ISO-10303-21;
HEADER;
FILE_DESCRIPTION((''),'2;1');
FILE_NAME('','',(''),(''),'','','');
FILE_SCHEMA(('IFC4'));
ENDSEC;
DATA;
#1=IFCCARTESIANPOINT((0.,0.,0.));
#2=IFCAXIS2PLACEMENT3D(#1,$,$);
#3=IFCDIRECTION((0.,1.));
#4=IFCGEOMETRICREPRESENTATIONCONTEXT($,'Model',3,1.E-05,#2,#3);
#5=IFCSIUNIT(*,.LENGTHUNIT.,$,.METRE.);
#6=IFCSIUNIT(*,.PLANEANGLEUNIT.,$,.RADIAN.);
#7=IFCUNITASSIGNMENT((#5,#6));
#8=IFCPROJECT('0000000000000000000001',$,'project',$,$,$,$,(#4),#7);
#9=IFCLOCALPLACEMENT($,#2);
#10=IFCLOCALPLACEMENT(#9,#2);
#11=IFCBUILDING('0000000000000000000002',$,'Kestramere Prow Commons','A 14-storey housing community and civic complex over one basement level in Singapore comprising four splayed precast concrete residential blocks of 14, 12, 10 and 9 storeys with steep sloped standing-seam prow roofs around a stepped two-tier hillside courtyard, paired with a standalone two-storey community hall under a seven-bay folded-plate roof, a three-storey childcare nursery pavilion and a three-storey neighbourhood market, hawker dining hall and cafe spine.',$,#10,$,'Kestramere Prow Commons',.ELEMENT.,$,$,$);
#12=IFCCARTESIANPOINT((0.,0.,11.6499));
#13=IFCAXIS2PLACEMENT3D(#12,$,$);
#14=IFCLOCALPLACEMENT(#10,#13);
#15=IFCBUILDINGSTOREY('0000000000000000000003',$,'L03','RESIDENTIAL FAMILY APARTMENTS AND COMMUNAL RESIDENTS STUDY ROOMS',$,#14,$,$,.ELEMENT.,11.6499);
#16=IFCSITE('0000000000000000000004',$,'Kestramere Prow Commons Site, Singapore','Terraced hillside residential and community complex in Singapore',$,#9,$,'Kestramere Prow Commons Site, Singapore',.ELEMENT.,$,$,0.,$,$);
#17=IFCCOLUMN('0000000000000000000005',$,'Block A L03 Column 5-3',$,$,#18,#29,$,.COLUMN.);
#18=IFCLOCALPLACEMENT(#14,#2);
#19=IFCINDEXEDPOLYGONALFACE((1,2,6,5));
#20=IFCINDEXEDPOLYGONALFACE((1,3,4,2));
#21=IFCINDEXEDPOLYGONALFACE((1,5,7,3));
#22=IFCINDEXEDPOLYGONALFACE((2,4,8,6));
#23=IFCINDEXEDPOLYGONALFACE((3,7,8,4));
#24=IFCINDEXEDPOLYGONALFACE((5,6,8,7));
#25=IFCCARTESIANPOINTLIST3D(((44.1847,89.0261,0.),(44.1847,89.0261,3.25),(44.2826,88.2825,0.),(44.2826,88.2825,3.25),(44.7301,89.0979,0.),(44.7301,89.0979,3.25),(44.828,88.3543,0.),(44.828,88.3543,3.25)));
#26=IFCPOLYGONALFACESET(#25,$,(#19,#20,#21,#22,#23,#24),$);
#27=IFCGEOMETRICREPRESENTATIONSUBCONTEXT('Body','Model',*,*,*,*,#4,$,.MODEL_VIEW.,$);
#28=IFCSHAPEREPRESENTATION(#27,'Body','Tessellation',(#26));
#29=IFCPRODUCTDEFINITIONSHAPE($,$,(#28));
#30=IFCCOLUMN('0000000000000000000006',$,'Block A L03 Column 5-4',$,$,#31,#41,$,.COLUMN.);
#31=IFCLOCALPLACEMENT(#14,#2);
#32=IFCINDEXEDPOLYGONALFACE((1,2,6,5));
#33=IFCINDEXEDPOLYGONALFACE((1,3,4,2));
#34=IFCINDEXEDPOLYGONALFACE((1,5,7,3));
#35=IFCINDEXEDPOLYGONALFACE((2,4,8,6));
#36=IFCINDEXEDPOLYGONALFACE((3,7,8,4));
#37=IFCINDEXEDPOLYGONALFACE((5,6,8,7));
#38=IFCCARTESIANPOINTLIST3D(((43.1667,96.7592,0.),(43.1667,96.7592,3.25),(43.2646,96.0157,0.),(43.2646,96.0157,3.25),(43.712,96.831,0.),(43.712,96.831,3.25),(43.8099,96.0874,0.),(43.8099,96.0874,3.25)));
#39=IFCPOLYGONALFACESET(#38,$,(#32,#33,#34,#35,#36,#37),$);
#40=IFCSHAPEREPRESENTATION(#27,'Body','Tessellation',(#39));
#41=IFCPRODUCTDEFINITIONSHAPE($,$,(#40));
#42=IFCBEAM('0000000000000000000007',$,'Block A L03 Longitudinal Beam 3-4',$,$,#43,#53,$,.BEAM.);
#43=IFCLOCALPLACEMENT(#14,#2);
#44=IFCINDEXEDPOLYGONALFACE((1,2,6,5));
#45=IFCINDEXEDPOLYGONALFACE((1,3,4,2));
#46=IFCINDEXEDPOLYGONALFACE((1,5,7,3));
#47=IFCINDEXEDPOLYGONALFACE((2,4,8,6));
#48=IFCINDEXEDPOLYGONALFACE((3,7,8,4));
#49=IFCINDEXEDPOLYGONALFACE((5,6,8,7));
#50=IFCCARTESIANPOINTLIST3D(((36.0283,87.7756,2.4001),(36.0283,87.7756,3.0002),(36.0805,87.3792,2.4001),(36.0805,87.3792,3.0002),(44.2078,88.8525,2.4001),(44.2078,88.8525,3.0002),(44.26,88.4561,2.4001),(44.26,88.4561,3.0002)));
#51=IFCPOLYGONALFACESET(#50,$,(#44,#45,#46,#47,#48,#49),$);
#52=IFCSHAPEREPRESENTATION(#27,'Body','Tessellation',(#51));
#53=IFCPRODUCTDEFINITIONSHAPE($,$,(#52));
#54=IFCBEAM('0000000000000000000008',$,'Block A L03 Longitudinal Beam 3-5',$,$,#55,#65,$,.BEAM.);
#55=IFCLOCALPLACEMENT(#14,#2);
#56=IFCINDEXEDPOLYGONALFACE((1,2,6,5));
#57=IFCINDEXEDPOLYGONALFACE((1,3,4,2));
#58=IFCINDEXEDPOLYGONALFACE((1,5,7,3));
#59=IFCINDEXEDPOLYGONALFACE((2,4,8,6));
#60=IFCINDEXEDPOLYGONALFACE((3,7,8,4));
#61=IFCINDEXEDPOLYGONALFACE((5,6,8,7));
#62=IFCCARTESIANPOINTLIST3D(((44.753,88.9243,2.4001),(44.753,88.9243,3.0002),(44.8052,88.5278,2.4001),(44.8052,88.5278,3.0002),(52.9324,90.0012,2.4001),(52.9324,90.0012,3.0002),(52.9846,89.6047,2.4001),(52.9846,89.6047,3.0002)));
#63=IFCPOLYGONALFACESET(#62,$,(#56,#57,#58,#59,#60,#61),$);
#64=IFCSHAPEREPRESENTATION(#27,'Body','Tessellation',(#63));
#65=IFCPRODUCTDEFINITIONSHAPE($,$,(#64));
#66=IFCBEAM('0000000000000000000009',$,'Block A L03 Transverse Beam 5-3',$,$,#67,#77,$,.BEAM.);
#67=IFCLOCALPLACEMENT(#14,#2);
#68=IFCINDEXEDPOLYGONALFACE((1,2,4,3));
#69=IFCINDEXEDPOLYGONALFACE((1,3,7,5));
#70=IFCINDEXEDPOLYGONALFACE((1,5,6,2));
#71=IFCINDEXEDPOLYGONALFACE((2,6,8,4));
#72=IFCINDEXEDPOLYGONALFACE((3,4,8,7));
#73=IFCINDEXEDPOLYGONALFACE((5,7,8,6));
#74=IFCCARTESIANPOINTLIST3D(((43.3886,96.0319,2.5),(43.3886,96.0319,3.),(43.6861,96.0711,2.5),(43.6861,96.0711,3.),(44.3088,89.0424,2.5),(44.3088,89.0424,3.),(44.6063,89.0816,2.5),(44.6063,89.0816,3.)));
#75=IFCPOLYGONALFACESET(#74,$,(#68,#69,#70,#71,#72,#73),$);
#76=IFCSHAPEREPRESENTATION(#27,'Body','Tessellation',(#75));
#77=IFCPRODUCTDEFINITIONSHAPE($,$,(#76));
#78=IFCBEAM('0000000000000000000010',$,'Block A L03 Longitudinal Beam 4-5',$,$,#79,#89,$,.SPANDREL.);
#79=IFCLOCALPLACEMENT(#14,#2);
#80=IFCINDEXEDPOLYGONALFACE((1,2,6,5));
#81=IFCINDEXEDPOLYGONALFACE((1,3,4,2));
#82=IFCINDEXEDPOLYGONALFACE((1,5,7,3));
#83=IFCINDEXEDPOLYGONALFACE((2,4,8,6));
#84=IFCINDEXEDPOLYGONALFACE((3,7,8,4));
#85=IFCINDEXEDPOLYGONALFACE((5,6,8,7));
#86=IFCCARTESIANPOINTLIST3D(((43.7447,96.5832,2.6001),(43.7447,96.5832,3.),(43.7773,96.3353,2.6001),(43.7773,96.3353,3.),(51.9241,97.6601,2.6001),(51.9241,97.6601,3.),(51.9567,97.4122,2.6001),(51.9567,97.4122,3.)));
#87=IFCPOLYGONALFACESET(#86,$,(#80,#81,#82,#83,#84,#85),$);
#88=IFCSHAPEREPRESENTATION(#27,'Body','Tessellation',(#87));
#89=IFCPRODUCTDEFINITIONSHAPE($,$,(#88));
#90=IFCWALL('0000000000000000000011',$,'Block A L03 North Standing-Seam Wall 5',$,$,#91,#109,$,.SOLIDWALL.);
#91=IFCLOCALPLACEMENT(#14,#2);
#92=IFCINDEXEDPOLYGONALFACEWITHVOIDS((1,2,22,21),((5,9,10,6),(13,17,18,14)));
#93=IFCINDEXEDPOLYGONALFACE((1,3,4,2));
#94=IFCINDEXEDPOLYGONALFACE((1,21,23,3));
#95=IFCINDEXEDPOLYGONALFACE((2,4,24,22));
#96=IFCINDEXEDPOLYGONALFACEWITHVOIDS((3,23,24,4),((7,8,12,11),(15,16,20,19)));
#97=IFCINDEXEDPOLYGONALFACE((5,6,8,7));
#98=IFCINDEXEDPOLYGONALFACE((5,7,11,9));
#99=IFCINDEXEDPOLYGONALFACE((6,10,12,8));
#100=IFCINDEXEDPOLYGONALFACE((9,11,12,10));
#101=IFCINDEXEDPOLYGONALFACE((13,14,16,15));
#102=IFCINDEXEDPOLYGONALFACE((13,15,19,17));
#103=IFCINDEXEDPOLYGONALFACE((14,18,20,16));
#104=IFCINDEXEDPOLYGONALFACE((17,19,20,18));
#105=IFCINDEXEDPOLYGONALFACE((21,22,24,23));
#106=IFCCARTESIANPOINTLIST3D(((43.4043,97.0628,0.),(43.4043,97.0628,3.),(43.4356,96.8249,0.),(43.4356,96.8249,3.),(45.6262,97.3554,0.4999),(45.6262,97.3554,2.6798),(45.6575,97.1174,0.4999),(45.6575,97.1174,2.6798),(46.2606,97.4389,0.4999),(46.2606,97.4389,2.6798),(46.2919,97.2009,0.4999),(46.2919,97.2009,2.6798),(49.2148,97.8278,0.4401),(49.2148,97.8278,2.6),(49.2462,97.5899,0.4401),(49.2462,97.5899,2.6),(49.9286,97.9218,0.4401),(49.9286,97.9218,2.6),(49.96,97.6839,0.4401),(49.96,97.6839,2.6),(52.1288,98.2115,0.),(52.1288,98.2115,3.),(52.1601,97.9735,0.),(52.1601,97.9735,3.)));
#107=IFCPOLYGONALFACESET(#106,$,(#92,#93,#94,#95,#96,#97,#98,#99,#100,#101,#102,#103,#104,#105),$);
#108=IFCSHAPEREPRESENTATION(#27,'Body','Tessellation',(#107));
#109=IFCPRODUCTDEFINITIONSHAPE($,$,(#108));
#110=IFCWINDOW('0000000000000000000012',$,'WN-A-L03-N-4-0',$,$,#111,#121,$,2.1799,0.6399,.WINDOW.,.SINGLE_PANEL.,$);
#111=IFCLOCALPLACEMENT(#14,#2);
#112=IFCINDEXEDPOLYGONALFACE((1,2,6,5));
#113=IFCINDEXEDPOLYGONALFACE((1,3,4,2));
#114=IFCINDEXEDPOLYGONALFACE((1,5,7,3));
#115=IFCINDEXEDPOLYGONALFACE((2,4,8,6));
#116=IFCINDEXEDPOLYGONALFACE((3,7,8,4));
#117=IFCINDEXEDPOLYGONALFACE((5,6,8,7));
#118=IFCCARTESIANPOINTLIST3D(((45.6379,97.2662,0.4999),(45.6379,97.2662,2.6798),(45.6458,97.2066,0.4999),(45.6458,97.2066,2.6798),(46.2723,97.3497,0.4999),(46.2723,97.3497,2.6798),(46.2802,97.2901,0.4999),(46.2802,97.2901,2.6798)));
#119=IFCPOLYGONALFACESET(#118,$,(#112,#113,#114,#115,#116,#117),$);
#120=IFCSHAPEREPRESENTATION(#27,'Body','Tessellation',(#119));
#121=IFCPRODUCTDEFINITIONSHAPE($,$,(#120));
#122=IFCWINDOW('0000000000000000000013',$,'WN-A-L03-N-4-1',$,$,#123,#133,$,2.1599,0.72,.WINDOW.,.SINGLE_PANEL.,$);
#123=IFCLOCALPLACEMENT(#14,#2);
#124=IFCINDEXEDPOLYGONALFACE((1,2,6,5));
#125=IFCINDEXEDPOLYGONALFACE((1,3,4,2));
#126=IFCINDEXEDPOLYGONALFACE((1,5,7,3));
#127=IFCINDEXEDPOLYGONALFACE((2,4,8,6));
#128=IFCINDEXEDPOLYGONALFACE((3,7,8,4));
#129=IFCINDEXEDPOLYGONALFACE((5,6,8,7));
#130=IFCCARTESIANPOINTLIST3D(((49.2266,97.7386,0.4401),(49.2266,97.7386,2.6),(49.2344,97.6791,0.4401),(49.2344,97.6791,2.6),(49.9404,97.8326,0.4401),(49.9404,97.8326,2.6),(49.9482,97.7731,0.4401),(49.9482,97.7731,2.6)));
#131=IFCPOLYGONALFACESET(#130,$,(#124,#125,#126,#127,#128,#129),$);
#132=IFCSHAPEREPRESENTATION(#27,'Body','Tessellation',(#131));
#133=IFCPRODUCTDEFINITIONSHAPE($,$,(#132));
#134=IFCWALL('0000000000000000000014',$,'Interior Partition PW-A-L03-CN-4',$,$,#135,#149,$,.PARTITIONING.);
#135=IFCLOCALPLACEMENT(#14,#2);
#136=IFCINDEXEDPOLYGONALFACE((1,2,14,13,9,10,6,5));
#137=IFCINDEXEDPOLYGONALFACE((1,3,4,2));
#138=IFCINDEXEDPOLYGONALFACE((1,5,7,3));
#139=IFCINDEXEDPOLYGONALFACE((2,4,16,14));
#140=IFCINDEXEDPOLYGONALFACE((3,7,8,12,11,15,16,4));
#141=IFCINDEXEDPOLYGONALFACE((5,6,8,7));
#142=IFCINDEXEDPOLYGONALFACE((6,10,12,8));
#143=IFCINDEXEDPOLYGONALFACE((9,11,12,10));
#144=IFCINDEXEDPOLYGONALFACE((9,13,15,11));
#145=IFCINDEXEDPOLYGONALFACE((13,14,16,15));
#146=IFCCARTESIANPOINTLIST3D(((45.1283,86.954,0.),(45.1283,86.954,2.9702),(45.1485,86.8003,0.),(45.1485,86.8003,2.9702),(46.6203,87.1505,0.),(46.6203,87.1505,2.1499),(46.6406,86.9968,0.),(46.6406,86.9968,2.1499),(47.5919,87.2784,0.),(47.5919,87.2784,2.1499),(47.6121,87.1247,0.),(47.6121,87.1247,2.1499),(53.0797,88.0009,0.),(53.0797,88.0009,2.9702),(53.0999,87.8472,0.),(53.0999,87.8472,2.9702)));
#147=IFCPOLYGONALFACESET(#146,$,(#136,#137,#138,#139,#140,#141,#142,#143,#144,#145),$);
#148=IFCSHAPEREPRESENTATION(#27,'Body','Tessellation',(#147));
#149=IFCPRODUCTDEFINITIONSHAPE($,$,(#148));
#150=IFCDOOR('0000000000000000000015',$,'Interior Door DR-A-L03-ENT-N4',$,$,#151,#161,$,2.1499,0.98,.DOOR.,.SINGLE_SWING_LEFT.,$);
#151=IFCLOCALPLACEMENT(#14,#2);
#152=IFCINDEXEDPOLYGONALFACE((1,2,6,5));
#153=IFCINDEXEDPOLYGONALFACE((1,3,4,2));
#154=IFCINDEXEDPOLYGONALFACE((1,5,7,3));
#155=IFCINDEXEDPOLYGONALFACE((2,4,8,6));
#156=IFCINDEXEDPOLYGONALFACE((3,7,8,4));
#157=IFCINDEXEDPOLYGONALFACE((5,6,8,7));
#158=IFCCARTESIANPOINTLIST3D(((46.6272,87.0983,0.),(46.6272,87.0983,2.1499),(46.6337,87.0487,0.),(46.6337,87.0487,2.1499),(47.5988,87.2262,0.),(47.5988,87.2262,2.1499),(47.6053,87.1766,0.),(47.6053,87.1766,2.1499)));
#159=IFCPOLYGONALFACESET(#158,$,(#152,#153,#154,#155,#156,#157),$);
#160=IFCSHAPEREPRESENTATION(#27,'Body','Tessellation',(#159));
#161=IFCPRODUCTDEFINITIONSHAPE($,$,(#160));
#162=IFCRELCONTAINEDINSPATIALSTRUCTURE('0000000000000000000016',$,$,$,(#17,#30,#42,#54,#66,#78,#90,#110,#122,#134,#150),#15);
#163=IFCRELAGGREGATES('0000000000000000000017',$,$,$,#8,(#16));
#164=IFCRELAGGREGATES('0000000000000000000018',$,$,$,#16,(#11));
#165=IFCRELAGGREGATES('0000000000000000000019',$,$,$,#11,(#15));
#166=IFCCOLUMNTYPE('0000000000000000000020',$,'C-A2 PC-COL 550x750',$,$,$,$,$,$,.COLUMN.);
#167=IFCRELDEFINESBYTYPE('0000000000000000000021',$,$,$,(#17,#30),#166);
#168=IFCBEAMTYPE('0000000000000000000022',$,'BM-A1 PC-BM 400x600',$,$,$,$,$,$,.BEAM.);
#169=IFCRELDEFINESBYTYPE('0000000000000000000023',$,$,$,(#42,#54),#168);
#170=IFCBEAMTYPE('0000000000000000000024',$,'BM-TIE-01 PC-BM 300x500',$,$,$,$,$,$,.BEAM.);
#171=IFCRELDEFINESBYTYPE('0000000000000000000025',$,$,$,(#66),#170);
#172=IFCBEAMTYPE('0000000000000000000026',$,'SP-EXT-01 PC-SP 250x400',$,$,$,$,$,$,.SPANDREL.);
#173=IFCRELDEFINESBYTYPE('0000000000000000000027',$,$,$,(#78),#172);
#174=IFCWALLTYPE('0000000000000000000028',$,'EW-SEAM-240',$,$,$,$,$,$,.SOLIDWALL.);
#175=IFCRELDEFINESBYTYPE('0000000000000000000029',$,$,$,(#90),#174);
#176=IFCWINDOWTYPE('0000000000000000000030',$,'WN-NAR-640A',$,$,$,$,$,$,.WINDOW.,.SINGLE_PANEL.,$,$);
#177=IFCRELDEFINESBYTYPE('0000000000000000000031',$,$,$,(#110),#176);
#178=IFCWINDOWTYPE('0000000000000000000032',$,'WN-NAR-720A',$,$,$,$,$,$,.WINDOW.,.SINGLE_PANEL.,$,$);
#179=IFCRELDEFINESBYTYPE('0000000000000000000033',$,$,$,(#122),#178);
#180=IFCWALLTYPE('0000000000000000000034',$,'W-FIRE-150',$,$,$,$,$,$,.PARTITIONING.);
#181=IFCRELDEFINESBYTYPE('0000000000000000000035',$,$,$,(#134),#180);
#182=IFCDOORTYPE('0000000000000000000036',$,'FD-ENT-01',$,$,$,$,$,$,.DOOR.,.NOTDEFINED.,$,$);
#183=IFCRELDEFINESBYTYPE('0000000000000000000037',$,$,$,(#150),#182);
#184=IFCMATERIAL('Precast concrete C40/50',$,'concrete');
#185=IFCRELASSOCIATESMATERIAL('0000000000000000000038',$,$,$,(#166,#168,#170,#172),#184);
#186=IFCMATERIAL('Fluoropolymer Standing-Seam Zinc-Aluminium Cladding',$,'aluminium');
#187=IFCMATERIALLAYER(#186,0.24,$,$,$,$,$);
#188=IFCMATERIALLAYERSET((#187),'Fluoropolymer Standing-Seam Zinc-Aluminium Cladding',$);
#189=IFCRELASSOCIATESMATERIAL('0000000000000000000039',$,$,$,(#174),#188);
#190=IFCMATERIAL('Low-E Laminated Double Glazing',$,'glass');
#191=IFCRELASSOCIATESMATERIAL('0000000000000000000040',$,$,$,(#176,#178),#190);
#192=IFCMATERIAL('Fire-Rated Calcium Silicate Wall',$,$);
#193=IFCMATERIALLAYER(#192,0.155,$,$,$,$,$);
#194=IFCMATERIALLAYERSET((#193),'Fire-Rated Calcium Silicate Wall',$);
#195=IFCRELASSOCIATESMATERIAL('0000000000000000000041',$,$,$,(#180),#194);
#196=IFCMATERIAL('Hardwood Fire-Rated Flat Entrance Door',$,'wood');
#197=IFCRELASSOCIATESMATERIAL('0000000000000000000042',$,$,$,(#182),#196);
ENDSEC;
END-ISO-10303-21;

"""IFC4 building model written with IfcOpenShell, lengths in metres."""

from ifc_helpers import new_model, si_unit, direction, frame, frame_2d, origin, origin_2d, place, context, subcontext, project, spatial, rectangle, extrude, material, layer, layer_set, material_profile, profile_set, type_object, element, fill, save


model = new_model("IFC4")

# Units and contexts
model_context = context("Model", 3, precision=1e-05, world=origin(), true_north=direction((0.0, 1.0)))
body_context = subcontext(model_context, "Body", "Model", "MODEL_VIEW")
ifc_project = project(units=[si_unit("LENGTHUNIT", "METRE"), si_unit("PLANEANGLEUNIT", "RADIAN")], contexts=[model_context])

# Site, building, storey
site_placement = place(None, origin())
site = spatial("IfcSite", under=ifc_project, at=site_placement, Name="Kestramere Prow Commons Site, Singapore", Description="Terraced hillside residential and community complex in Singapore", LongName="Kestramere Prow Commons Site, Singapore", CompositionType="ELEMENT", RefElevation=0.0)
building_placement = place(site_placement, origin())
building = spatial("IfcBuilding", under=site, at=building_placement, Name="Kestramere Prow Commons", Description="A 14-storey housing community and civic complex over one basement level in Singapore comprising four splayed precast concrete residential blocks of 14, 12, 10 and 9 storeys with steep sloped standing-seam prow roofs around a stepped two-tier hillside courtyard, paired with a standalone two-storey community hall under a seven-bay folded-plate roof, a three-storey childcare nursery pavilion and a three-storey neighbourhood market, hawker dining hall and cafe spine.", LongName="Kestramere Prow Commons", CompositionType="ELEMENT")
storey_placement = place(building_placement, frame((0.0, 0.0, 11.6499)))
storey = spatial("IfcBuildingStorey", under=building, at=storey_placement, Name="L03", Description="RESIDENTIAL FAMILY APARTMENTS AND COMMUNAL RESIDENTS STUDY ROOMS", CompositionType="ELEMENT", Elevation=11.6499)

# Columns
ifc_material_1 = material(Name="Precast concrete C40/50", Category="concrete")
ifc_material_profile_1 = material_profile(ifc_material_1, rectangle(XDim=0.55, YDim=0.75, at=origin_2d()), Name="PC-COL 550x750")
ifc_profile_set_1 = profile_set([ifc_material_profile_1], Name="Precast concrete C40/50")
column_type = type_object("IfcColumnType", Name="C-A2 PC-COL 550x750", PredefinedType="COLUMN", material=ifc_profile_set_1)
for number, where, z_axis, x_axis, name in (
    (1, (44.5063, 88.6902, 0.0), (0.0, 0.0, 1.0), (0.991445, 0.130526, 0.0), "Block A L03 Column 5-3"),
    (2, (43.4883, 96.4233, 0.0), (0.0, 0.0, 1.0), (0.991445, 0.130526, 0.0), "Block A L03 Column 5-4"),
):
    element("IfcColumn", number, at=place(storey_placement, frame(where, z_axis=z_axis, x_axis=x_axis)), inside=storey, type_object=column_type, Name=name, PredefinedType="COLUMN", context=body_context, shape_type="SweptSolid", body=[
        extrude(rectangle(XDim=0.55, YDim=0.75, at=origin_2d()), origin(), (0.0, 0.0, 1.0), 3.25),
    ])

# Beams
ifc_material_profile_2 = material_profile(ifc_material_1, rectangle(XDim=0.3999, YDim=0.6001, at=origin_2d()), Name="PC-BM 400x600")
ifc_profile_set_2 = profile_set([ifc_material_profile_2], Name="Precast concrete C40/50")
beam_type_1 = type_object("IfcBeamType", Name="BM-A1 PC-BM 400x600", PredefinedType="BEAM", material=ifc_profile_set_2)
for number, where, z_axis, x_axis, name in (
    (3, (36.0544, 87.5774, 2.7002), (0.991444, 0.130533, 0.0), (-0.130533, 0.991444, 0.0), "Block A L03 Longitudinal Beam 3-4"),
    (4, (44.7791, 88.7261, 2.7002), (0.991444, 0.130533, 0.0), (-0.130533, 0.991444, 0.0), "Block A L03 Longitudinal Beam 3-5"),
):
    element("IfcBeam", number, at=place(storey_placement, frame(where, z_axis=z_axis, x_axis=x_axis)), inside=storey, type_object=beam_type_1, Name=name, PredefinedType="BEAM", context=body_context, shape_type="SweptSolid", body=[
        extrude(rectangle(XDim=0.3999, YDim=0.6001, at=origin_2d()), origin(), (0.0, 0.0, 1.0), 8.25),
    ])
ifc_material_profile_3 = material_profile(ifc_material_1, rectangle(XDim=0.3, YDim=0.5, at=origin_2d()), Name="PC-BM 300x500")
ifc_profile_set_3 = profile_set([ifc_material_profile_3], Name="Precast concrete C40/50")
beam_type_2 = type_object("IfcBeamType", Name="BM-TIE-01 PC-BM 300x500", PredefinedType="BEAM", material=ifc_profile_set_3)
beam_1_placement = place(storey_placement, frame((44.4575, 89.062, 2.75), z_axis=(-0.130523, 0.991445, 0.0), x_axis=(-0.991445, -0.130523, 0.0)))
element("IfcBeam", 5, at=beam_1_placement, inside=storey, type_object=beam_type_2, Name="Block A L03 Transverse Beam 5-3", PredefinedType="BEAM", context=body_context, shape_type="SweptSolid", body=[
    extrude(rectangle(XDim=0.3, YDim=0.5, at=origin_2d()), origin(), (0.0, 0.0, 1.0), 7.0498),
])
ifc_material_profile_4 = material_profile(ifc_material_1, rectangle(XDim=0.25, YDim=0.3999, at=origin_2d()), Name="PC-SP 250x400")
ifc_profile_set_4 = profile_set([ifc_material_profile_4], Name="Precast concrete C40/50")
beam_type_3 = type_object("IfcBeamType", Name="SP-EXT-01 PC-SP 250x400", PredefinedType="SPANDREL", material=ifc_profile_set_4)
beam_2_placement = place(storey_placement, frame((43.761, 96.4592, 2.8), z_axis=(0.991444, 0.130533, 0.0), x_axis=(-0.130533, 0.991444, 0.0)))
element("IfcBeam", 6, at=beam_2_placement, inside=storey, type_object=beam_type_3, Name="Block A L03 Longitudinal Beam 4-5", PredefinedType="SPANDREL", context=body_context, shape_type="SweptSolid", body=[
    extrude(rectangle(XDim=0.25, YDim=0.3999, at=origin_2d()), origin(), (0.0, 0.0, 1.0), 8.25),
])

# Wall, openings, windows
ifc_material_2 = material(Name="Fluoropolymer Standing-Seam Zinc-Aluminium Cladding", Category="aluminium")
ifc_layer_1 = layer(ifc_material_2, 0.24)
ifc_layer_set_1 = layer_set([ifc_layer_1], Name="Fluoropolymer Standing-Seam Zinc-Aluminium Cladding")
wall_type_1 = type_object("IfcWallType", Name="EW-SEAM-240", PredefinedType="SOLIDWALL", material=ifc_layer_set_1)
wall_1_placement = place(storey_placement, frame((43.4199, 96.9438, 0.0), z_axis=(0.0, 0.0, 1.0), x_axis=(0.991444, 0.130533, 0.0)))
wall_1 = element("IfcWall", 7, at=wall_1_placement, inside=storey, type_object=wall_type_1, Name="Block A L03 North Standing-Seam Wall 5", PredefinedType="SOLIDWALL", context=body_context, shape_type="SweptSolid", body=[
    extrude(rectangle(XDim=8.7998, YDim=0.24, at=frame_2d((4.3999, 0.0))), origin(), (0.0, 0.0, 1.0), 3.0),
])
opening_1_placement = place(wall_1_placement, frame((2.2412, 0.0, 0.5)))
opening_1 = element("IfcOpeningElement", 8, at=opening_1_placement, cuts=wall_1, PredefinedType="OPENING", context=body_context, shape_type="SweptSolid", body=[
    extrude(rectangle(XDim=0.6399, YDim=2.1799, at=frame_2d((0.3198, 1.0898))), frame((0.0, 0.135, 0.0), z_axis=(0.0, -1.0, 0.0), x_axis=(1.0, 0.0, 0.0)), (0.0, 0.0, 1.0), 0.27),
])
opening_2_placement = place(wall_1_placement, frame((5.8608, 0.0, 0.4399)))
opening_2 = element("IfcOpeningElement", 9, at=opening_2_placement, cuts=wall_1, PredefinedType="OPENING", context=body_context, shape_type="SweptSolid", body=[
    extrude(rectangle(XDim=0.72, YDim=2.1599, at=frame_2d((0.3599, 1.0801))), frame((0.0, 0.135, 0.0), z_axis=(0.0, -1.0, 0.0), x_axis=(1.0, 0.0, 0.0)), (0.0, 0.0, 1.0), 0.27),
])
ifc_material_3 = material(Name="Low-E Laminated Double Glazing", Category="glass")
window_type_1 = type_object("IfcWindowType", Name="WN-NAR-640A", PartitioningType="SINGLE_PANEL", PredefinedType="WINDOW", material=ifc_material_3)
window_1_placement = place(opening_1_placement, origin())
window_1 = element("IfcWindow", 10, at=window_1_placement, inside=storey, type_object=window_type_1, Name="WN-A-L03-N-4-0", OverallHeight=2.1799, OverallWidth=0.6399, PartitioningType="SINGLE_PANEL", PredefinedType="WINDOW", context=body_context, shape_type="SweptSolid", body=[
    extrude(rectangle(XDim=0.6399, YDim=2.1799, at=frame_2d((0.3198, 1.0898))), frame((0.0, 0.03, 0.0), z_axis=(0.0, -1.0, 0.0), x_axis=(1.0, 0.0, 0.0)), (0.0, 0.0, 1.0), 0.0601),
])
fill(opening_1, window_1)
window_type_2 = type_object("IfcWindowType", Name="WN-NAR-720A", PartitioningType="SINGLE_PANEL", PredefinedType="WINDOW", material=ifc_material_3)
window_2_placement = place(opening_2_placement, origin())
window_2 = element("IfcWindow", 11, at=window_2_placement, inside=storey, type_object=window_type_2, Name="WN-A-L03-N-4-1", OverallHeight=2.1599, OverallWidth=0.72, PartitioningType="SINGLE_PANEL", PredefinedType="WINDOW", context=body_context, shape_type="SweptSolid", body=[
    extrude(rectangle(XDim=0.72, YDim=2.1599, at=frame_2d((0.3599, 1.0801))), frame((0.0, 0.03, 0.0), z_axis=(0.0, -1.0, 0.0), x_axis=(1.0, 0.0, 0.0)), (0.0, 0.0, 1.0), 0.0601),
])
fill(opening_2, window_2)

# Wall, opening, door
ifc_material_4 = material(Name="Fire-Rated Calcium Silicate Wall")
ifc_layer_2 = layer(ifc_material_4, 0.155)
ifc_layer_set_2 = layer_set([ifc_layer_2], Name="Fire-Rated Calcium Silicate Wall")
wall_type_2 = type_object("IfcWallType", Name="W-FIRE-150", PredefinedType="PARTITIONING", material=ifc_layer_set_2)
wall_2_placement = place(storey_placement, frame((45.1384, 86.8772, 0.0), z_axis=(0.0, 0.0, 1.0), x_axis=(0.991444, 0.130532, 0.0)))
wall_2 = element("IfcWall", 12, at=wall_2_placement, inside=storey, type_object=wall_type_2, Name="Interior Partition PW-A-L03-CN-4", PredefinedType="PARTITIONING", context=body_context, shape_type="SweptSolid", body=[
    extrude(rectangle(XDim=8.02, YDim=0.155, at=frame_2d((4.01, 0.0))), origin(), (0.0, 0.0, 1.0), 2.9702),
])
opening_3_placement = place(wall_2_placement, frame((1.5049, 0.0, 0.0)))
opening_3 = element("IfcOpeningElement", 13, at=opening_3_placement, cuts=wall_2, PredefinedType="OPENING", context=body_context, shape_type="SweptSolid", body=[
    extrude(rectangle(XDim=0.98, YDim=2.1499, at=frame_2d((0.49, 1.075))), frame((0.0, 0.0925, 0.0), z_axis=(0.0, -1.0, 0.0), x_axis=(1.0, 0.0, 0.0)), (0.0, 0.0, 1.0), 0.1851),
])
ifc_material_5 = material(Name="Hardwood Fire-Rated Flat Entrance Door", Category="wood")
door_type_1 = type_object("IfcDoorType", Name="FD-ENT-01", OperationType="NOTDEFINED", PredefinedType="DOOR", material=ifc_material_5)
door_1_placement = place(opening_3_placement, origin())
door_1 = element("IfcDoor", 14, at=door_1_placement, inside=storey, type_object=door_type_1, Name="Interior Door DR-A-L03-ENT-N4", OperationType="SINGLE_SWING_LEFT", OverallHeight=2.1499, OverallWidth=0.98, PredefinedType="DOOR", context=body_context, shape_type="SweptSolid", body=[
    extrude(rectangle(XDim=0.98, YDim=2.1499, at=frame_2d((0.49, 1.075))), frame((0.0, 0.0249, 0.0), z_axis=(0.0, -1.0, 0.0), x_axis=(1.0, 0.0, 0.0)), (0.0, 0.0, 1.0), 0.05),
])
fill(opening_3, door_1)

save(model, "model.ifc")
